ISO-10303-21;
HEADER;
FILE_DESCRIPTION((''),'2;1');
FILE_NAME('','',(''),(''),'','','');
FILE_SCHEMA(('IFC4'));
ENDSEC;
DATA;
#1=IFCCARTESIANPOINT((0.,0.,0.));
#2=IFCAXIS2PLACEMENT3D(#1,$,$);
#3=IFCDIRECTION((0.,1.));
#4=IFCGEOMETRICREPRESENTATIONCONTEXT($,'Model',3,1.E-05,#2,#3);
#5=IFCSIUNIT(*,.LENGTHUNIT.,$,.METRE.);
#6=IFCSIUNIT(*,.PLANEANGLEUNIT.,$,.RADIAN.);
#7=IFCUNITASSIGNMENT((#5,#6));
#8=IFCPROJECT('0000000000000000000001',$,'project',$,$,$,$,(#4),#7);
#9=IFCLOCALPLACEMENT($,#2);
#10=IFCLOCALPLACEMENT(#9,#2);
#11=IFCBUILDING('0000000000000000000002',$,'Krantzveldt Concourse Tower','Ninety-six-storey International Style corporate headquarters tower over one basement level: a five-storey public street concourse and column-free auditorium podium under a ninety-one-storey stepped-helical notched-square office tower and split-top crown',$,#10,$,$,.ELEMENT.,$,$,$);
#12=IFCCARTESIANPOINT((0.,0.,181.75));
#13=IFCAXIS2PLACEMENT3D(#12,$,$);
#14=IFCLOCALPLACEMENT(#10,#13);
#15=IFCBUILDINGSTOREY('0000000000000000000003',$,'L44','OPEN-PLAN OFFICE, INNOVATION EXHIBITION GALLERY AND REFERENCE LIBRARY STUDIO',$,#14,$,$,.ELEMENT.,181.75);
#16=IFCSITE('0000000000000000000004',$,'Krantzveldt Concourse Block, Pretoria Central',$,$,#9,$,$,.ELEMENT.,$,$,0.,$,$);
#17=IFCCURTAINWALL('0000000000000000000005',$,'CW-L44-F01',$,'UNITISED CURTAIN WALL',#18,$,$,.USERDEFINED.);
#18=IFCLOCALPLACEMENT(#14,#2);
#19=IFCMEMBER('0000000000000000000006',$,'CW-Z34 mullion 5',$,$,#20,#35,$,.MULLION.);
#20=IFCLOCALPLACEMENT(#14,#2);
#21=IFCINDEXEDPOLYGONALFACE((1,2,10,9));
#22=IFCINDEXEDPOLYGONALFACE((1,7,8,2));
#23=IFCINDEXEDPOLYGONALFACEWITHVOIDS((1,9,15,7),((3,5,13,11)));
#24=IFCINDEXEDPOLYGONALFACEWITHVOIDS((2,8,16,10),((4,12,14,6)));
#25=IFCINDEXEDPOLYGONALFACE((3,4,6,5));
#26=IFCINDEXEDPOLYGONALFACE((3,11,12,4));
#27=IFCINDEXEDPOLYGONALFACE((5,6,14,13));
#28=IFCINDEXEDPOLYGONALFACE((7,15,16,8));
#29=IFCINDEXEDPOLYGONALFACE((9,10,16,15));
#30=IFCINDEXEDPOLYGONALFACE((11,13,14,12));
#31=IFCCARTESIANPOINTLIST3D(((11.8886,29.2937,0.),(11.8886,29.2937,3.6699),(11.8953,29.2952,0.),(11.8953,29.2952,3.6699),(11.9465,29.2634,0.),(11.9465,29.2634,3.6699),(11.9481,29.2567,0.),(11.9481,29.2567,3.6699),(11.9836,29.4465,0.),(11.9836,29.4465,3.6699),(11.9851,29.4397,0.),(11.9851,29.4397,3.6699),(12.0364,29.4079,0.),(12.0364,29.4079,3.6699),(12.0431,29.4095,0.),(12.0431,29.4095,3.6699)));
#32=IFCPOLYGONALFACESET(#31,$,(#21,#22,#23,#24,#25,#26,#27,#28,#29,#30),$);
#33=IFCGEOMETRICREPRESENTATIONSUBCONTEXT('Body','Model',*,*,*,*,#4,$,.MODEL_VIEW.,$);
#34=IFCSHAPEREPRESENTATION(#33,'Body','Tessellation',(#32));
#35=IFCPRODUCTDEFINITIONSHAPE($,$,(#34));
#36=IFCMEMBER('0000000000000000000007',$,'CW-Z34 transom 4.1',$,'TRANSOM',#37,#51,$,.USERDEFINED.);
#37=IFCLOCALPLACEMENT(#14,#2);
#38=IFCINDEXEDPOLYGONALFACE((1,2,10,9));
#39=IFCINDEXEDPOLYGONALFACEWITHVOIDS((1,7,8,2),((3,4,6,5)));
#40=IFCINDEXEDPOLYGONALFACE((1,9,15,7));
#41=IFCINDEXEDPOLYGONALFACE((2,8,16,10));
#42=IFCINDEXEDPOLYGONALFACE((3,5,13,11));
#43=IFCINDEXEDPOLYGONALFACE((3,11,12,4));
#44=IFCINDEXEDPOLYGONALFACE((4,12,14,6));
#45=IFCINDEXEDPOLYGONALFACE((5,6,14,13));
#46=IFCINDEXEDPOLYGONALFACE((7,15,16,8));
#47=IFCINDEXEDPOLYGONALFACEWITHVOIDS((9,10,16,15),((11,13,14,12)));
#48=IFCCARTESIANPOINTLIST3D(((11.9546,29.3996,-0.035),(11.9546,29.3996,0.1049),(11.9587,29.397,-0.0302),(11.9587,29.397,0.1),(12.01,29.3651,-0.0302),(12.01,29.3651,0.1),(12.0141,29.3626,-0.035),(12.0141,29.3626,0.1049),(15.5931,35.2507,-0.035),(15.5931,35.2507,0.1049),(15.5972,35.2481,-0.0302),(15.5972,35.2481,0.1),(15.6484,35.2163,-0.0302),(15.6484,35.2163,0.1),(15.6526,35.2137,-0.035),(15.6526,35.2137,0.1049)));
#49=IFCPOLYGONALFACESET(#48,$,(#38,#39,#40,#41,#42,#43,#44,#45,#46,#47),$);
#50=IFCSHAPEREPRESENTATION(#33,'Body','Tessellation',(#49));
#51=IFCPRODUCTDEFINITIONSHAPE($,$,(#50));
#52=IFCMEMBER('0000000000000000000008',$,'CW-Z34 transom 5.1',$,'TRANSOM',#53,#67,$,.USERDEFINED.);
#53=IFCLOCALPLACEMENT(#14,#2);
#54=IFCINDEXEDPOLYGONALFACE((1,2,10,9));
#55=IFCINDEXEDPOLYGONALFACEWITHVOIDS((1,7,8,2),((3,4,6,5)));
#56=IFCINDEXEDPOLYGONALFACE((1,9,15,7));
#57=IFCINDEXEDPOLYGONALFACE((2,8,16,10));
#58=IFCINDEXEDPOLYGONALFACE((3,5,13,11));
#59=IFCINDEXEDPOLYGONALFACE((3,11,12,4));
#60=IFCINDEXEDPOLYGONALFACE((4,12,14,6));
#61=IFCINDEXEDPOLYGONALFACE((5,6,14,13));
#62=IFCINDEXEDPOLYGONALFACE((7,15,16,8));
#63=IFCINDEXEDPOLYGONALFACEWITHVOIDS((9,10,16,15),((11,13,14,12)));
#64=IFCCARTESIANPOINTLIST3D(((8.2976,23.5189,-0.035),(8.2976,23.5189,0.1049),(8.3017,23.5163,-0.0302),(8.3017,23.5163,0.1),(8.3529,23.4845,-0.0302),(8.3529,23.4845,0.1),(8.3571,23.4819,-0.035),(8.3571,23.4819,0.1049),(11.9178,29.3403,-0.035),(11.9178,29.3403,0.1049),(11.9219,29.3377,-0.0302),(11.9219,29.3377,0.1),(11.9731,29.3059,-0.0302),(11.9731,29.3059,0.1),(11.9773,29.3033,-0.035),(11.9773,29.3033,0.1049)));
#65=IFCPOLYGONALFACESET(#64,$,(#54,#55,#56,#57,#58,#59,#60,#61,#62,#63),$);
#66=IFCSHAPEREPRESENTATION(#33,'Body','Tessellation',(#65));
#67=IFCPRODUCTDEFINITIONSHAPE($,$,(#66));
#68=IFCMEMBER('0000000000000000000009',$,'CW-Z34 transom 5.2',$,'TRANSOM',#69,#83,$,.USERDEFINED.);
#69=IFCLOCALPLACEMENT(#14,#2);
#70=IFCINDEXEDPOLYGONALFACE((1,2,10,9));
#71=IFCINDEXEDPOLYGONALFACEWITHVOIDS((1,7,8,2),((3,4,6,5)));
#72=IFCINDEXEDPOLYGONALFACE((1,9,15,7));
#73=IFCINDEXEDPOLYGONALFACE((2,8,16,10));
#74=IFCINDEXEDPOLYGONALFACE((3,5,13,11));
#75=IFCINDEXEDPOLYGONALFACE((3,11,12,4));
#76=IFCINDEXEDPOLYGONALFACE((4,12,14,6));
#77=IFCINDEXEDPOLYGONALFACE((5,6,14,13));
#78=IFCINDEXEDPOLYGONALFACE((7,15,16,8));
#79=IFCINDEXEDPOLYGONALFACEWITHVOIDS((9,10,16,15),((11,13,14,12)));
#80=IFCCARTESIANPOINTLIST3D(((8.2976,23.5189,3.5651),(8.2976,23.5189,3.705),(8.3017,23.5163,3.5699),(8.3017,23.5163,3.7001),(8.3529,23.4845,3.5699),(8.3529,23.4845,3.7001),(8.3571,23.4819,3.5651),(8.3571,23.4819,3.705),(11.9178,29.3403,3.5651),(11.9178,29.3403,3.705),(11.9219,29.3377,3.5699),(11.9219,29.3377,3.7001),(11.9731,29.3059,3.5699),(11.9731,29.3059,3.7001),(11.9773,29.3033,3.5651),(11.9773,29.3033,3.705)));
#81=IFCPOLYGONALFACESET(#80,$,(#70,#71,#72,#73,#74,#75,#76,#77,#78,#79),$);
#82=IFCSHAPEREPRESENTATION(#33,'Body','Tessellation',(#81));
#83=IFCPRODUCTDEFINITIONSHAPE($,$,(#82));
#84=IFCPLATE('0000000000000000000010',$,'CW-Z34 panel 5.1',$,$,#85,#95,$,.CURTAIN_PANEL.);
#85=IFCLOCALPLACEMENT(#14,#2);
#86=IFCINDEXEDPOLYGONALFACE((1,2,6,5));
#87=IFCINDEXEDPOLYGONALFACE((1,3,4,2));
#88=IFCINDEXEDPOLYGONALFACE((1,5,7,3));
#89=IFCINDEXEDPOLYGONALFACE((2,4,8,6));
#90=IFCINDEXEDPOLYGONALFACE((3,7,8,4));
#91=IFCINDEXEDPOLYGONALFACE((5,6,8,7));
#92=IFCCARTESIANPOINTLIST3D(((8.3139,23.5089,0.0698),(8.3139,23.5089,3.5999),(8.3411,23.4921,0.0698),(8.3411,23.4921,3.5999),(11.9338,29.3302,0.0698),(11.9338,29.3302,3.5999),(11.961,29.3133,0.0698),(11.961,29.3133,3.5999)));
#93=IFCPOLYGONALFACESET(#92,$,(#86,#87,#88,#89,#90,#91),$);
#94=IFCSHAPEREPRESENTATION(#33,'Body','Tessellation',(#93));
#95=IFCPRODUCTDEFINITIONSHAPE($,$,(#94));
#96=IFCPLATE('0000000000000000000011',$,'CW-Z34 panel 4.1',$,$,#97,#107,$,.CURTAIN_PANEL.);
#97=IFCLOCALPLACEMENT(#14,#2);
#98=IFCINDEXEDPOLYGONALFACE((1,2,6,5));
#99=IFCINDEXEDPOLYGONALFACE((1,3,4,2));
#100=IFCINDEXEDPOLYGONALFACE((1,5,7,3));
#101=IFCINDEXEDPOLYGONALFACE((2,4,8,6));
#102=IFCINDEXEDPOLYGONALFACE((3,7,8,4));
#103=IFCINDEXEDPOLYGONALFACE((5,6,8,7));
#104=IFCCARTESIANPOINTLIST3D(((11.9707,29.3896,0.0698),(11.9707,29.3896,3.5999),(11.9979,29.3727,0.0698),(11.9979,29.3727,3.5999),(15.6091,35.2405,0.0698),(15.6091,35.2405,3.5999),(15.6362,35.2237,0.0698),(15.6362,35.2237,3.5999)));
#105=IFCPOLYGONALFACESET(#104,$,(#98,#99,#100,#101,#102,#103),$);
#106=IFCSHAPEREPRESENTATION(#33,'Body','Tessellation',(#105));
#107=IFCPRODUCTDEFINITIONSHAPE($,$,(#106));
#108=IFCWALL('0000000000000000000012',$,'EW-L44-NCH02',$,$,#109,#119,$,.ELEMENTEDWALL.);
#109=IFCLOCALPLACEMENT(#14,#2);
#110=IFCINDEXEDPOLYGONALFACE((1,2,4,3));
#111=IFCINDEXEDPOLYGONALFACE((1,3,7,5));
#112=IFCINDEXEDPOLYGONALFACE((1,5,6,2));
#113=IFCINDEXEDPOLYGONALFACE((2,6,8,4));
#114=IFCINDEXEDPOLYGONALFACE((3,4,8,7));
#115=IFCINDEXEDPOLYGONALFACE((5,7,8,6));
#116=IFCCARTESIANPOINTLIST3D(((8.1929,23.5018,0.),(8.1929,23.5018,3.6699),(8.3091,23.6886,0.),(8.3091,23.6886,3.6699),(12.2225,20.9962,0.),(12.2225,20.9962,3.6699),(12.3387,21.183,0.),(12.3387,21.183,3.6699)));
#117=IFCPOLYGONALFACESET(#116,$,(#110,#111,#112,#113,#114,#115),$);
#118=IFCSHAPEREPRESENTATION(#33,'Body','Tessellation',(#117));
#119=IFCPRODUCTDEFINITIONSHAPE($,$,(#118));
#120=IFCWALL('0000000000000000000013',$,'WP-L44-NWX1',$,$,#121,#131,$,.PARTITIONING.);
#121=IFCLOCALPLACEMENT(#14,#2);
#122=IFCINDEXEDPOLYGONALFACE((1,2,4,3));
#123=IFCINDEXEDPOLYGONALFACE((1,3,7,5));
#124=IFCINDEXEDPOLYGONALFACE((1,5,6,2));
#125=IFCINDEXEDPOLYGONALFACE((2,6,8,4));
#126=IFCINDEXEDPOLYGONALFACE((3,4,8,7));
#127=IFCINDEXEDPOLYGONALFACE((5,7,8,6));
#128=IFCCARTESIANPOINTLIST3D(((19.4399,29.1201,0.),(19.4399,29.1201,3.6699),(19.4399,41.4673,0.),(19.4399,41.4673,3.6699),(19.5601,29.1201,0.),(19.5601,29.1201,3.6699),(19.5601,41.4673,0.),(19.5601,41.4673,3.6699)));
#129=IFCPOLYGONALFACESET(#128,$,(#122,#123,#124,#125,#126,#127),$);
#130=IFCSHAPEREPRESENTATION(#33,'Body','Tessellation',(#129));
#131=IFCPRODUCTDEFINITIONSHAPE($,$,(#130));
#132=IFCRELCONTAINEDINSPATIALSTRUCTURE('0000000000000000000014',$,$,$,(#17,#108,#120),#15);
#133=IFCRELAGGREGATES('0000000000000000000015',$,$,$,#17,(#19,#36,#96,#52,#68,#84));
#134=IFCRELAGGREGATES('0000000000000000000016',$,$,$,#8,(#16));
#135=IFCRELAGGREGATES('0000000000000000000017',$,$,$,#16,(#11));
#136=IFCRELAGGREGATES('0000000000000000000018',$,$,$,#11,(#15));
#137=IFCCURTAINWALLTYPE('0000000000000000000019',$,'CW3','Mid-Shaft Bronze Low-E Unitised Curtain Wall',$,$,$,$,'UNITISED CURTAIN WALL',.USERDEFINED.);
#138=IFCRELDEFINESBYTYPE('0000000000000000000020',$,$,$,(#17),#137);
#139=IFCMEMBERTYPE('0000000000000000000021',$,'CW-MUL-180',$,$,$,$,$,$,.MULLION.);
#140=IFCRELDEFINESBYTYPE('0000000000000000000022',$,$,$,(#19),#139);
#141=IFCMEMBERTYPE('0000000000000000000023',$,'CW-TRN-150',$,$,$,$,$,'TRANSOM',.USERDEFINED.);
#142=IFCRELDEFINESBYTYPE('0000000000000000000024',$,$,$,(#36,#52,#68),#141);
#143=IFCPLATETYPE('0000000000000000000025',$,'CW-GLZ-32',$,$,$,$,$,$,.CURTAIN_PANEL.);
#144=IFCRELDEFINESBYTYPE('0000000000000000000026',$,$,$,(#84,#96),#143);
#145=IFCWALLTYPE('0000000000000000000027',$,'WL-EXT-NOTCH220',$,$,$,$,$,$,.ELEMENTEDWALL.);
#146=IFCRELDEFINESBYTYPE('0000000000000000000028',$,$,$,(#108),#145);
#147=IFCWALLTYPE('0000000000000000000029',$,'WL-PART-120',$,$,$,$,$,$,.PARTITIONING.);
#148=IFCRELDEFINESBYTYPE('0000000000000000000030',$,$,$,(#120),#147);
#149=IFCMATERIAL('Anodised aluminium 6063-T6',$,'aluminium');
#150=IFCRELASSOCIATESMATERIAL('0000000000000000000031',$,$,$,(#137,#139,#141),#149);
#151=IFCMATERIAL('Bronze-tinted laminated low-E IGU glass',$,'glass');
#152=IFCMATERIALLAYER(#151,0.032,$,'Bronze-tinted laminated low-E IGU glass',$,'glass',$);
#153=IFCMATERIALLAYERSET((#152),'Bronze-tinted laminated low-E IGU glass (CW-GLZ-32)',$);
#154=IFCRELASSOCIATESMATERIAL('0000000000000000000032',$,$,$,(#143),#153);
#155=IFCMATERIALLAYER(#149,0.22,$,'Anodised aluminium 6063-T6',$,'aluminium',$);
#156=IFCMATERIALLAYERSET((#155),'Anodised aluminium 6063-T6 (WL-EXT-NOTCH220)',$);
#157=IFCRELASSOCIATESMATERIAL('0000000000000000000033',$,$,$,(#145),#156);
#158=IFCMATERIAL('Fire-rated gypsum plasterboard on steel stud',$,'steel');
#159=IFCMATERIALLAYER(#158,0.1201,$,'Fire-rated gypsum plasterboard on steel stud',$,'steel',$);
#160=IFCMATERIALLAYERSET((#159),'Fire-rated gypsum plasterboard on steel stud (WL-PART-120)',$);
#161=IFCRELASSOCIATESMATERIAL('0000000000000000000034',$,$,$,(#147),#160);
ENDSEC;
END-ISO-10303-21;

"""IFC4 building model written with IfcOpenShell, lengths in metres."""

from ifc_helpers import new_model, si_unit, direction, frame, frame_2d, origin, origin_2d, place, context, subcontext, project, spatial, rectangle, hollow_rectangle, extrude, source, transform, mapped, material, layer, layer_set, material_profile, profile_set, type_object, type_shapes, element, aggregate, save


model = new_model("IFC4")

# Units and contexts
model_context = context("Model", 3, precision=1e-05, world=origin(), true_north=direction((0.0, 1.0)))
body_context = subcontext(model_context, "Body", "Model", "MODEL_VIEW")
ifc_project = project(units=[si_unit("LENGTHUNIT", "METRE"), si_unit("PLANEANGLEUNIT", "RADIAN")], contexts=[model_context])

# Site, building, storey
site_placement = place(None, origin())
site = spatial("IfcSite", under=ifc_project, at=site_placement, Name="Krantzveldt Concourse Block, Pretoria Central", CompositionType="ELEMENT", RefElevation=0.0)
building_placement = place(site_placement, origin())
building = spatial("IfcBuilding", under=site, at=building_placement, Name="Krantzveldt Concourse Tower", Description="Ninety-six-storey International Style corporate headquarters tower over one basement level: a five-storey public street concourse and column-free auditorium podium under a ninety-one-storey stepped-helical notched-square office tower and split-top crown", CompositionType="ELEMENT")
storey_placement = place(building_placement, frame((0.0, 0.0, 181.75)))
storey = spatial("IfcBuildingStorey", under=building, at=storey_placement, Name="L44", Description="OPEN-PLAN OFFICE, INNOVATION EXHIBITION GALLERY AND REFERENCE LIBRARY STUDIO", CompositionType="ELEMENT", Elevation=181.75)

# Curtain wall, members, plates
ifc_material_1 = material(Name="Anodised aluminium 6063-T6", Category="aluminium")
curtain_wall_type = type_object("IfcCurtainWallType", Name="CW3", Description="Mid-Shaft Bronze Low-E Unitised Curtain Wall", ElementType="UNITISED CURTAIN WALL", PredefinedType="USERDEFINED", material=ifc_material_1)
curtain_wall_placement = place(storey_placement, origin())
curtain_wall = element("IfcCurtainWall", 1, at=curtain_wall_placement, inside=storey, type_object=curtain_wall_type, Name="CW-L44-F01", ObjectType="UNITISED CURTAIN WALL", PredefinedType="USERDEFINED")
ifc_material_profile_1 = material_profile(ifc_material_1, hollow_rectangle(XDim=0.0701, YDim=0.1799, WallThickness=0.0049, at=origin_2d()), Name="Anodised aluminium 6063-T6", Category="aluminium")
ifc_profile_set_1 = profile_set([ifc_material_profile_1], Name="Anodised aluminium 6063-T6 - ALU-MULL 180x70x5")
member_type_1 = type_object("IfcMemberType", Name="CW-MUL-180", PredefinedType="MULLION", material=ifc_profile_set_1)
shared_shape_1 = source(origin(), body_context, "Body", "SweptSolid", [
    extrude(hollow_rectangle(XDim=0.0701, YDim=0.1799, WallThickness=0.0049, at=origin_2d()), origin(), (0.0, 0.0, 1.0), 3.6699),
])
type_shapes(member_type_1, [shared_shape_1])
member_1_placement = place(storey_placement, frame((11.9658, 29.3516, 0.0), z_axis=(0.0, 0.0, 1.0), x_axis=(0.849202, -0.528068, 0.0)))
member_1 = element("IfcMember", 2, at=member_1_placement, type_object=member_type_1, Name="CW-Z34 mullion 5", PredefinedType="MULLION", context=body_context, shape_type="MappedRepresentation", body=[
    mapped(shared_shape_1, transform((0.0, 0.0, 0.0), x_axis=(1.0, 0.0, 0.0), y_axis=(0.0, 1.0, 0.0), z_axis=(0.0, 0.0, 1.0), scale=1.0)),
])
ifc_material_profile_2 = material_profile(ifc_material_1, hollow_rectangle(XDim=0.0701, YDim=0.1399, WallThickness=0.0049, at=origin_2d()), Name="Anodised aluminium 6063-T6", Category="aluminium")
ifc_profile_set_2 = profile_set([ifc_material_profile_2], Name="Anodised aluminium 6063-T6 - ALU-TRAN 140x70x5")
member_type_2 = type_object("IfcMemberType", Name="CW-TRN-150", ElementType="TRANSOM", PredefinedType="USERDEFINED", material=ifc_profile_set_2)
shared_shape_2 = source(origin(), body_context, "Body", "SweptSolid", [
    extrude(hollow_rectangle(XDim=0.0701, YDim=0.1399, WallThickness=0.0049, at=origin_2d()), origin(), (0.0, 0.0, 1.0), 6.8901),
])
member_2_placement = place(storey_placement, frame((15.6228, 35.2322, 0.0349), z_axis=(-0.528067, -0.849202, 0.0), x_axis=(0.849202, -0.528067, 0.0)))
member_2 = element("IfcMember", 3, at=member_2_placement, type_object=member_type_2, Name="CW-Z34 transom 4.1", ObjectType="TRANSOM", PredefinedType="USERDEFINED", context=body_context, shape_type="MappedRepresentation", body=[
    mapped(shared_shape_2, transform((0.0, 0.0, 0.0), x_axis=(1.0, 0.0, 0.0), y_axis=(0.0, 1.0, 0.0), z_axis=(0.0, 0.0, 1.0), scale=1.0)),
])
shared_shape_3 = source(origin(), body_context, "Body", "SweptSolid", [
    extrude(hollow_rectangle(XDim=0.0701, YDim=0.1399, WallThickness=0.0049, at=origin_2d()), origin(), (0.0, 0.0, 1.0), 6.8552),
])
type_shapes(member_type_2, [shared_shape_2, shared_shape_3])
member_3_placement = place(storey_placement, frame((11.9475, 29.3218, 0.0349), z_axis=(-0.52809, -0.849189, 0.0), x_axis=(0.849189, -0.52809, 0.0)))
member_3 = element("IfcMember", 4, at=member_3_placement, type_object=member_type_2, Name="CW-Z34 transom 5.1", ObjectType="TRANSOM", PredefinedType="USERDEFINED", context=body_context, shape_type="MappedRepresentation", body=[
    mapped(shared_shape_3, transform((0.0, 0.0, 0.0), x_axis=(1.0, 0.0, 0.0), y_axis=(0.0, 1.0, 0.0), z_axis=(0.0, 0.0, 1.0), scale=1.0)),
])
member_4_placement = place(storey_placement, frame((11.9475, 29.3218, 3.635), z_axis=(-0.52809, -0.849189, 0.0), x_axis=(0.849189, -0.52809, 0.0)))
member_4 = element("IfcMember", 5, at=member_4_placement, type_object=member_type_2, Name="CW-Z34 transom 5.2", ObjectType="TRANSOM", PredefinedType="USERDEFINED", context=body_context, shape_type="MappedRepresentation", body=[
    mapped(shared_shape_3, transform((0.0, 0.0, 0.0), x_axis=(1.0, 0.0, 0.0), y_axis=(0.0, 1.0, 0.0), z_axis=(0.0, 0.0, 1.0), scale=1.0)),
])
ifc_material_2 = material(Name="Bronze-tinted laminated low-E IGU glass", Category="glass")
ifc_layer_1 = layer(ifc_material_2, 0.032, Name="Bronze-tinted laminated low-E IGU glass", Category="glass")
ifc_layer_set_1 = layer_set([ifc_layer_1], Name="Bronze-tinted laminated low-E IGU glass (CW-GLZ-32)")
plate_type = type_object("IfcPlateType", Name="CW-GLZ-32", PredefinedType="CURTAIN_PANEL", material=ifc_layer_set_1)
shared_shape_4 = source(origin(), body_context, "Body", "SweptSolid", [
    extrude(rectangle(XDim=6.855, YDim=0.032, at=origin_2d()), origin(), (0.0, 0.0, 1.0), 3.53),
])
plate_1_placement = place(storey_placement, frame((10.1375, 26.4111, 0.0698), z_axis=(0.0, 0.0, 1.0), x_axis=(-0.528068, -0.849202, 0.0)))
plate_1 = element("IfcPlate", 6, at=plate_1_placement, type_object=plate_type, Name="CW-Z34 panel 5.1", PredefinedType="CURTAIN_PANEL", context=body_context, shape_type="MappedRepresentation", body=[
    mapped(shared_shape_4, transform((0.0, 0.0, 0.0), x_axis=(1.0, 0.0, 0.0), y_axis=(0.0, 1.0, 0.0), z_axis=(0.0, 0.0, 1.0), scale=1.0)),
])
shared_shape_5 = source(origin(), body_context, "Body", "SweptSolid", [
    extrude(rectangle(XDim=6.8899, YDim=0.032, at=origin_2d()), origin(), (0.0, 0.0, 1.0), 3.53),
])
type_shapes(plate_type, [shared_shape_4, shared_shape_5])
plate_2_placement = place(storey_placement, frame((13.8035, 32.3066, 0.0698), z_axis=(0.0, 0.0, 1.0), x_axis=(-0.528068, -0.849202, 0.0)))
plate_2 = element("IfcPlate", 7, at=plate_2_placement, type_object=plate_type, Name="CW-Z34 panel 4.1", PredefinedType="CURTAIN_PANEL", context=body_context, shape_type="MappedRepresentation", body=[
    mapped(shared_shape_5, transform((0.0, 0.0, 0.0), x_axis=(1.0, 0.0, 0.0), y_axis=(0.0, 1.0, 0.0), z_axis=(0.0, 0.0, 1.0), scale=1.0)),
])
aggregate(curtain_wall, [member_1, member_2, plate_2, member_3, member_4, plate_1])

# Walls
ifc_layer_2 = layer(ifc_material_1, 0.22, Name="Anodised aluminium 6063-T6", Category="aluminium")
ifc_layer_set_2 = layer_set([ifc_layer_2], Name="Anodised aluminium 6063-T6 (WL-EXT-NOTCH220)")
wall_type_1 = type_object("IfcWallType", Name="WL-EXT-NOTCH220", PredefinedType="ELEMENTEDWALL", material=ifc_layer_set_2)
wall_1_placement = place(storey_placement, frame((8.251, 23.5952, 0.0), z_axis=(0.0, 0.0, 1.0), x_axis=(0.849213, -0.52805, 0.0)))
element("IfcWall", 8, at=wall_1_placement, inside=storey, type_object=wall_type_1, Name="EW-L44-NCH02", PredefinedType="ELEMENTEDWALL", context=body_context, shape_type="SweptSolid", body=[
    extrude(rectangle(XDim=4.7451, YDim=0.22, at=frame_2d((2.3726, 0.0))), origin(), (0.0, 0.0, 1.0), 3.6699),
])
ifc_material_3 = material(Name="Fire-rated gypsum plasterboard on steel stud", Category="steel")
ifc_layer_3 = layer(ifc_material_3, 0.1201, Name="Fire-rated gypsum plasterboard on steel stud", Category="steel")
ifc_layer_set_3 = layer_set([ifc_layer_3], Name="Fire-rated gypsum plasterboard on steel stud (WL-PART-120)")
wall_type_2 = type_object("IfcWallType", Name="WL-PART-120", PredefinedType="PARTITIONING", material=ifc_layer_set_3)
wall_2_placement = place(storey_placement, frame((19.5, 29.1201, 0.0), z_axis=(0.0, 0.0, 1.0), x_axis=(0.0, 1.0, 0.0)))
element("IfcWall", 9, at=wall_2_placement, inside=storey, type_object=wall_type_2, Name="WP-L44-NWX1", PredefinedType="PARTITIONING", context=body_context, shape_type="SweptSolid", body=[
    extrude(rectangle(XDim=12.3472, YDim=0.1201, at=frame_2d((6.1736, 0.0))), origin(), (0.0, 0.0, 1.0), 3.6699),
])

save(model, "model.ifc")
